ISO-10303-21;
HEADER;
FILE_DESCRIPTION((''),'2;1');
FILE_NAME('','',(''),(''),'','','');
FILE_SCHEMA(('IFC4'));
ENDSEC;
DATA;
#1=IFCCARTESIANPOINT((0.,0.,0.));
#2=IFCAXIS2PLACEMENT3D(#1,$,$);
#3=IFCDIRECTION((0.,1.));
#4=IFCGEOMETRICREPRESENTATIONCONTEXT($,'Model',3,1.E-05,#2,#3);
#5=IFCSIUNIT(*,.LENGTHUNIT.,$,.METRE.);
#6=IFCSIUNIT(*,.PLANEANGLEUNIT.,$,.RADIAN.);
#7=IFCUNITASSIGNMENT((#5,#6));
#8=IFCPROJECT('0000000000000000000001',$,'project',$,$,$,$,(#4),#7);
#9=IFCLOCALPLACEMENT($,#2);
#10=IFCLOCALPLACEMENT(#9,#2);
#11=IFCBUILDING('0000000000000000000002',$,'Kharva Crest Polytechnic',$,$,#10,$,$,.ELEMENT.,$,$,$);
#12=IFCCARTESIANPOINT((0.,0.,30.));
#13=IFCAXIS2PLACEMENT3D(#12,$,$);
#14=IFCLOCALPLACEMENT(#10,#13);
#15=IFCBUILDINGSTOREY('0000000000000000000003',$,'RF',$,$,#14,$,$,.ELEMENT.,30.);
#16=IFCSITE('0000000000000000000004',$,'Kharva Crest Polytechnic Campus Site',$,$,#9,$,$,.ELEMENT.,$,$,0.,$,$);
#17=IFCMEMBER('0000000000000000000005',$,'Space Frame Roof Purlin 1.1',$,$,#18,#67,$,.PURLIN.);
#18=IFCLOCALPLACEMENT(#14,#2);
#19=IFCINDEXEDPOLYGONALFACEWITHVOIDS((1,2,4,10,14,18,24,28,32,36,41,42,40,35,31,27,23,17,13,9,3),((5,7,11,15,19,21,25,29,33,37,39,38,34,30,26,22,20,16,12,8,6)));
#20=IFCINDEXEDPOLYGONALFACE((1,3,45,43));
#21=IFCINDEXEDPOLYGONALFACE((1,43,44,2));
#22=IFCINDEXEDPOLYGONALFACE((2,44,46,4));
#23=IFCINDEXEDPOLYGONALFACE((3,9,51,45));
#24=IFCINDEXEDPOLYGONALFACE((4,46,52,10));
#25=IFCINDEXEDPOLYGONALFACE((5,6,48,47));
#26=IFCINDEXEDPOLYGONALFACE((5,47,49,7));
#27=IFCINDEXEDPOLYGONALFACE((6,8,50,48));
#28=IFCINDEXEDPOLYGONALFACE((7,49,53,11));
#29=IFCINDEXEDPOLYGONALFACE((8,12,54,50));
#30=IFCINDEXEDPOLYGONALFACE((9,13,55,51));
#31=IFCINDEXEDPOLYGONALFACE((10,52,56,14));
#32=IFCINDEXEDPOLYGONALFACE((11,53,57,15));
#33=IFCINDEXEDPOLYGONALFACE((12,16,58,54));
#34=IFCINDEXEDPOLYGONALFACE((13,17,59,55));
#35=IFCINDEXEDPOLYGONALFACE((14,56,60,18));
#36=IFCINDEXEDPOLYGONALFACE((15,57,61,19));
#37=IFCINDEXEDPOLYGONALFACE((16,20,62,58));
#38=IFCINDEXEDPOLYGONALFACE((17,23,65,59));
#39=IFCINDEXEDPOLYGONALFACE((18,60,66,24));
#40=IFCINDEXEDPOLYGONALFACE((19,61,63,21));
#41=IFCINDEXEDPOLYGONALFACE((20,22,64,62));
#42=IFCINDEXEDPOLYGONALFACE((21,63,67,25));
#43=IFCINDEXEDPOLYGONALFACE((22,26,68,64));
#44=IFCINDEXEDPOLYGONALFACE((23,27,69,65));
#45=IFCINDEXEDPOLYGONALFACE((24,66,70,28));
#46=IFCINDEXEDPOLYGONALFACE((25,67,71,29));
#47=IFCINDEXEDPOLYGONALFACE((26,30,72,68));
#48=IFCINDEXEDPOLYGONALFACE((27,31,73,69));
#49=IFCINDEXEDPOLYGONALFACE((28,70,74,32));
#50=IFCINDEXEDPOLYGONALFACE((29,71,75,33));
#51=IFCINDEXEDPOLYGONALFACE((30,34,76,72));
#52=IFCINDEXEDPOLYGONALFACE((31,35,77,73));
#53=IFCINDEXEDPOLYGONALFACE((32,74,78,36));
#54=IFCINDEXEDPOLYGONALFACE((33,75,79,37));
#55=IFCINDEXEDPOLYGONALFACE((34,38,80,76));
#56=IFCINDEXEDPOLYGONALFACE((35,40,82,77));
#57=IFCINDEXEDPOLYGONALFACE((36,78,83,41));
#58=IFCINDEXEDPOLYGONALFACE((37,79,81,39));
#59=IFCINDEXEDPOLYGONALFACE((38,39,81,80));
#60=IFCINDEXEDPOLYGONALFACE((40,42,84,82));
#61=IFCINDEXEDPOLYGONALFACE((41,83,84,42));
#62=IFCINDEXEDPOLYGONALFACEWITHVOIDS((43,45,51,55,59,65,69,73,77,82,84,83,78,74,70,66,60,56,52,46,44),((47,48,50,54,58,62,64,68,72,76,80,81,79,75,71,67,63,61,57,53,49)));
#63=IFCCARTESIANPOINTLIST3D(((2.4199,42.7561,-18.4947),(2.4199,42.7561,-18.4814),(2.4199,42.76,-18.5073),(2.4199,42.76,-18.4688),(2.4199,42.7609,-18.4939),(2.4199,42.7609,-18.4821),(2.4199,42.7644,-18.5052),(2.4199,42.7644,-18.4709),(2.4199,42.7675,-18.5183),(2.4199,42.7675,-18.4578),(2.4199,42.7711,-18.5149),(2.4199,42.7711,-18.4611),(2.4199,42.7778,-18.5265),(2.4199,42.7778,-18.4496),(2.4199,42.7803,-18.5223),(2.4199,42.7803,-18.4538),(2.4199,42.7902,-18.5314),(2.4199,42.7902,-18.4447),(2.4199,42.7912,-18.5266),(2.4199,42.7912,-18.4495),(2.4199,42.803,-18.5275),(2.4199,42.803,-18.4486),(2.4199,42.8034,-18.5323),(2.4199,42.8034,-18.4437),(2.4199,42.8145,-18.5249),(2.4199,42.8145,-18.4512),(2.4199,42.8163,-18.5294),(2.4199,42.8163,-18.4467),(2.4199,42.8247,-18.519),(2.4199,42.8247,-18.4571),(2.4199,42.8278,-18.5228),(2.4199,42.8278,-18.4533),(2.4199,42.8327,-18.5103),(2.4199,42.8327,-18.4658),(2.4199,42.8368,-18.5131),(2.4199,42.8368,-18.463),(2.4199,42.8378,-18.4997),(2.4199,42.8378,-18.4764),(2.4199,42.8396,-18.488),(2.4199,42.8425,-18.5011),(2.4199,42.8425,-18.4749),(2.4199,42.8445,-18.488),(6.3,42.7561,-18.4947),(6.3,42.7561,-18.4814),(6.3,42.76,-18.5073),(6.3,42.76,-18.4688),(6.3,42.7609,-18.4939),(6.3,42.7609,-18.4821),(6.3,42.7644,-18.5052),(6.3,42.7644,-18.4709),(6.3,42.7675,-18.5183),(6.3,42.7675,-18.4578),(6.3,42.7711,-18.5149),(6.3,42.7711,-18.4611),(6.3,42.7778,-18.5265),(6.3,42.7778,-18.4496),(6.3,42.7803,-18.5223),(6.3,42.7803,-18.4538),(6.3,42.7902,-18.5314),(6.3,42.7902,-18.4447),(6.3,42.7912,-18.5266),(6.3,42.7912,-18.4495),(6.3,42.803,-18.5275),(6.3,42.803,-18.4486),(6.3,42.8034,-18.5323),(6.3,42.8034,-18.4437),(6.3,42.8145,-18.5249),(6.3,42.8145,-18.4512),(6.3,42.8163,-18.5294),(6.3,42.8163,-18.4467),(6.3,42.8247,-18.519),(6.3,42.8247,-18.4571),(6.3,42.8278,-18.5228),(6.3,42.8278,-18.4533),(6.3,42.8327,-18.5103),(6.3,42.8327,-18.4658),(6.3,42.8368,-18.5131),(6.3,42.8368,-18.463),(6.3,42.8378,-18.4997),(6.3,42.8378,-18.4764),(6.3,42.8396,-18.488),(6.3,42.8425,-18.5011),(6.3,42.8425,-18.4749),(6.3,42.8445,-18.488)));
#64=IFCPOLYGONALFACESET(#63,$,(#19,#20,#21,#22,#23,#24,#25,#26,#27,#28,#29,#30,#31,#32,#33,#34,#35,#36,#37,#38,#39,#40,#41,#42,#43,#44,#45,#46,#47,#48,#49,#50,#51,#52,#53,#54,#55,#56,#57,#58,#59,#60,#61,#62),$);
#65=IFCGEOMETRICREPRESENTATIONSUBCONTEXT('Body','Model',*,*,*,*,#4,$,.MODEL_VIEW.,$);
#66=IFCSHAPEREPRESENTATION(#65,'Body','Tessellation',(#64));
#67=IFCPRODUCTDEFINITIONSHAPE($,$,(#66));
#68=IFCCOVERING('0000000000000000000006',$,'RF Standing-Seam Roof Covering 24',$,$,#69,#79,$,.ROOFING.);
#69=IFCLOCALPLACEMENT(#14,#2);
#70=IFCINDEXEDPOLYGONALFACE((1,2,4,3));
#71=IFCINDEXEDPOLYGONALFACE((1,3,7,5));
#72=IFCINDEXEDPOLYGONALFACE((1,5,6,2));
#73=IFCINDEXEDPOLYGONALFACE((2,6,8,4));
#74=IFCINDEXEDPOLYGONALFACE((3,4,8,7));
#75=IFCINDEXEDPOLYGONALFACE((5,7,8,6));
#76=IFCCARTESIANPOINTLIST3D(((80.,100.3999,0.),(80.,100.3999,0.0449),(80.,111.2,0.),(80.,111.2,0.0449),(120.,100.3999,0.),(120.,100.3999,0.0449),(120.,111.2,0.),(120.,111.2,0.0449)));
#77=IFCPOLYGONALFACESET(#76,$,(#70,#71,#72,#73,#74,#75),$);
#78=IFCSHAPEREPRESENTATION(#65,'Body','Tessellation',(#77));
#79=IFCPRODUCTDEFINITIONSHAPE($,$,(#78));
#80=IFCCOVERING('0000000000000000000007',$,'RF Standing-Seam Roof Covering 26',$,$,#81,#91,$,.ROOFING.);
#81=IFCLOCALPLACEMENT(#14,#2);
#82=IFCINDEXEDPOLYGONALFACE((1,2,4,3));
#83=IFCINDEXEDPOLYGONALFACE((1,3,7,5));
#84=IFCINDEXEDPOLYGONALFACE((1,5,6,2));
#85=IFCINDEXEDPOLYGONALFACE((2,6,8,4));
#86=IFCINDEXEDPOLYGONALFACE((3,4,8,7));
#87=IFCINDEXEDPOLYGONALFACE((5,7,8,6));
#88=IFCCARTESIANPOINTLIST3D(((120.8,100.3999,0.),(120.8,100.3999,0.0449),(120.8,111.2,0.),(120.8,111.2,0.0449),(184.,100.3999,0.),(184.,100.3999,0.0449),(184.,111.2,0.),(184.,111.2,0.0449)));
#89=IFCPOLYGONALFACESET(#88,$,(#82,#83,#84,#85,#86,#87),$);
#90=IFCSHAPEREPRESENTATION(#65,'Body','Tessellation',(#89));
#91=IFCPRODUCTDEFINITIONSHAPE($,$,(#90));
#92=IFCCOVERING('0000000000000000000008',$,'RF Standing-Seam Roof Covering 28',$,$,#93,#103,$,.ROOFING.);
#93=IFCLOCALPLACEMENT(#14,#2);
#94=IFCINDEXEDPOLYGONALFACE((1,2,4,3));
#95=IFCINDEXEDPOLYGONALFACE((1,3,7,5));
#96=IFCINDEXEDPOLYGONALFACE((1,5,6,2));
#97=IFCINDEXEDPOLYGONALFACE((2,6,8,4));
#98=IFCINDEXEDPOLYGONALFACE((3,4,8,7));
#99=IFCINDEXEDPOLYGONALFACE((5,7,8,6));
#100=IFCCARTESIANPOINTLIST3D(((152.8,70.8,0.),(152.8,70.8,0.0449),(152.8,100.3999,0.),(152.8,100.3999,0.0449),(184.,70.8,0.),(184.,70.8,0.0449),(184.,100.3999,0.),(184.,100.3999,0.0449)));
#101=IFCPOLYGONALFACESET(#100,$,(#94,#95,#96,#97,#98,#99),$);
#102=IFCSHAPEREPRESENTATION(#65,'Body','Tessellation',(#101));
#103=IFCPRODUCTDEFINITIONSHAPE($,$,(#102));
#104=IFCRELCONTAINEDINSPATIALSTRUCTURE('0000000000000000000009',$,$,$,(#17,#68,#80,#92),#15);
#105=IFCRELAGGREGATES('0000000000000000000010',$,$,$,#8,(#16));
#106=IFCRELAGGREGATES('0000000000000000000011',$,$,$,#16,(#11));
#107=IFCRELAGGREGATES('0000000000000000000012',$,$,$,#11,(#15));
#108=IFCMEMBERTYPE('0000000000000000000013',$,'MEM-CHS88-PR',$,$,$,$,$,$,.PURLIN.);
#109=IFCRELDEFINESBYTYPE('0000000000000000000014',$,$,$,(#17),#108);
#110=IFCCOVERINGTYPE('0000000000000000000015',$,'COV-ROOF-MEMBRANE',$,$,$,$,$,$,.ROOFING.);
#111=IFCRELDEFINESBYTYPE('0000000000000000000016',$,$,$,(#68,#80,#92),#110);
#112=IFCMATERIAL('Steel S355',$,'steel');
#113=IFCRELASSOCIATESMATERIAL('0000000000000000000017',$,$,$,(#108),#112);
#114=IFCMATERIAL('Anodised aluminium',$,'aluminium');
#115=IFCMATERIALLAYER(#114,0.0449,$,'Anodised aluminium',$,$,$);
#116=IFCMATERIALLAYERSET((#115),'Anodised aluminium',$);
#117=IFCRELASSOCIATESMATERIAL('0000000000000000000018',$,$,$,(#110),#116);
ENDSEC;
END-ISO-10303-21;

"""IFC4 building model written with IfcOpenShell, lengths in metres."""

from ifc_helpers import new_model, si_unit, direction, frame, origin, origin_2d, place, context, subcontext, project, spatial, polyline, hollow_circle, outline, extrude, material, layer, layer_set, material_profile, profile_set, type_object, element, save


model = new_model("IFC4")

# Units and contexts
model_context = context("Model", 3, precision=1e-05, world=origin(), true_north=direction((0.0, 1.0)))
body_context = subcontext(model_context, "Body", "Model", "MODEL_VIEW")
ifc_project = project(units=[si_unit("LENGTHUNIT", "METRE"), si_unit("PLANEANGLEUNIT", "RADIAN")], contexts=[model_context])

# Site, building, storey
site_placement = place(None, origin())
site = spatial("IfcSite", under=ifc_project, at=site_placement, Name="Kharva Crest Polytechnic Campus Site", CompositionType="ELEMENT", RefElevation=0.0)
building_placement = place(site_placement, origin())
building = spatial("IfcBuilding", under=site, at=building_placement, Name="Kharva Crest Polytechnic", CompositionType="ELEMENT")
storey_placement = place(building_placement, frame((0.0, 0.0, 30.0)))
storey = spatial("IfcBuildingStorey", under=building, at=storey_placement, Name="RF", CompositionType="ELEMENT", Elevation=30.0)

# Member
ifc_material_1 = material(Name="Steel S355", Category="steel")
ifc_material_profile = material_profile(ifc_material_1, hollow_circle(Radius=0.0444, WallThickness=0.0049, at=origin_2d()), Name="CHS 88.9X5.0")
ifc_profile_set = profile_set([ifc_material_profile], Name="Steel S355")
member_type = type_object("IfcMemberType", Name="MEM-CHS88-PR", PredefinedType="PURLIN", material=ifc_profile_set)
member_placement = place(storey_placement, frame((2.4199, 42.8, -18.488), z_axis=(1.0, 0.0, 0.0), x_axis=(0.0, 1.0, 0.0)))
element("IfcMember", 1, at=member_placement, inside=storey, type_object=member_type, Name="Space Frame Roof Purlin 1.1", PredefinedType="PURLIN", context=body_context, shape_type="SweptSolid", body=[
    extrude(hollow_circle(Radius=0.0444, WallThickness=0.0049, at=origin_2d()), origin(), (0.0, 0.0, 1.0), 3.8801),
])

# Coverings
ifc_material_2 = material(Name="Anodised aluminium", Category="aluminium")
ifc_layer = layer(ifc_material_2, 0.0449, Name="Anodised aluminium")
ifc_layer_set = layer_set([ifc_layer], Name="Anodised aluminium")
covering_type = type_object("IfcCoveringType", Name="COV-ROOF-MEMBRANE", PredefinedType="ROOFING", material=ifc_layer_set)
covering_1_placement = place(storey_placement, origin())
element("IfcCovering", 2, at=covering_1_placement, inside=storey, type_object=covering_type, Name="RF Standing-Seam Roof Covering 24", PredefinedType="ROOFING", context=body_context, shape_type="SweptSolid", body=[
    extrude(outline(polyline([(80.0, 100.3999), (120.0, 100.3999), (120.0, 111.2), (80.0, 111.2), (80.0, 100.3999)])), origin(), (0.0, 0.0, 1.0), 0.0449),
])
covering_2_placement = place(storey_placement, origin())
element("IfcCovering", 3, at=covering_2_placement, inside=storey, type_object=covering_type, Name="RF Standing-Seam Roof Covering 26", PredefinedType="ROOFING", context=body_context, shape_type="SweptSolid", body=[
    extrude(outline(polyline([(120.8, 100.3999), (184.0, 100.3999), (184.0, 111.2), (120.8, 111.2), (120.8, 100.3999)])), origin(), (0.0, 0.0, 1.0), 0.0449),
])
covering_3_placement = place(storey_placement, origin())
element("IfcCovering", 4, at=covering_3_placement, inside=storey, type_object=covering_type, Name="RF Standing-Seam Roof Covering 28", PredefinedType="ROOFING", context=body_context, shape_type="SweptSolid", body=[
    extrude(outline(polyline([(152.8, 70.8), (184.0, 70.8), (184.0, 100.3999), (152.8, 100.3999), (152.8, 70.8)])), origin(), (0.0, 0.0, 1.0), 0.0449),
])

save(model, "model.ifc")
